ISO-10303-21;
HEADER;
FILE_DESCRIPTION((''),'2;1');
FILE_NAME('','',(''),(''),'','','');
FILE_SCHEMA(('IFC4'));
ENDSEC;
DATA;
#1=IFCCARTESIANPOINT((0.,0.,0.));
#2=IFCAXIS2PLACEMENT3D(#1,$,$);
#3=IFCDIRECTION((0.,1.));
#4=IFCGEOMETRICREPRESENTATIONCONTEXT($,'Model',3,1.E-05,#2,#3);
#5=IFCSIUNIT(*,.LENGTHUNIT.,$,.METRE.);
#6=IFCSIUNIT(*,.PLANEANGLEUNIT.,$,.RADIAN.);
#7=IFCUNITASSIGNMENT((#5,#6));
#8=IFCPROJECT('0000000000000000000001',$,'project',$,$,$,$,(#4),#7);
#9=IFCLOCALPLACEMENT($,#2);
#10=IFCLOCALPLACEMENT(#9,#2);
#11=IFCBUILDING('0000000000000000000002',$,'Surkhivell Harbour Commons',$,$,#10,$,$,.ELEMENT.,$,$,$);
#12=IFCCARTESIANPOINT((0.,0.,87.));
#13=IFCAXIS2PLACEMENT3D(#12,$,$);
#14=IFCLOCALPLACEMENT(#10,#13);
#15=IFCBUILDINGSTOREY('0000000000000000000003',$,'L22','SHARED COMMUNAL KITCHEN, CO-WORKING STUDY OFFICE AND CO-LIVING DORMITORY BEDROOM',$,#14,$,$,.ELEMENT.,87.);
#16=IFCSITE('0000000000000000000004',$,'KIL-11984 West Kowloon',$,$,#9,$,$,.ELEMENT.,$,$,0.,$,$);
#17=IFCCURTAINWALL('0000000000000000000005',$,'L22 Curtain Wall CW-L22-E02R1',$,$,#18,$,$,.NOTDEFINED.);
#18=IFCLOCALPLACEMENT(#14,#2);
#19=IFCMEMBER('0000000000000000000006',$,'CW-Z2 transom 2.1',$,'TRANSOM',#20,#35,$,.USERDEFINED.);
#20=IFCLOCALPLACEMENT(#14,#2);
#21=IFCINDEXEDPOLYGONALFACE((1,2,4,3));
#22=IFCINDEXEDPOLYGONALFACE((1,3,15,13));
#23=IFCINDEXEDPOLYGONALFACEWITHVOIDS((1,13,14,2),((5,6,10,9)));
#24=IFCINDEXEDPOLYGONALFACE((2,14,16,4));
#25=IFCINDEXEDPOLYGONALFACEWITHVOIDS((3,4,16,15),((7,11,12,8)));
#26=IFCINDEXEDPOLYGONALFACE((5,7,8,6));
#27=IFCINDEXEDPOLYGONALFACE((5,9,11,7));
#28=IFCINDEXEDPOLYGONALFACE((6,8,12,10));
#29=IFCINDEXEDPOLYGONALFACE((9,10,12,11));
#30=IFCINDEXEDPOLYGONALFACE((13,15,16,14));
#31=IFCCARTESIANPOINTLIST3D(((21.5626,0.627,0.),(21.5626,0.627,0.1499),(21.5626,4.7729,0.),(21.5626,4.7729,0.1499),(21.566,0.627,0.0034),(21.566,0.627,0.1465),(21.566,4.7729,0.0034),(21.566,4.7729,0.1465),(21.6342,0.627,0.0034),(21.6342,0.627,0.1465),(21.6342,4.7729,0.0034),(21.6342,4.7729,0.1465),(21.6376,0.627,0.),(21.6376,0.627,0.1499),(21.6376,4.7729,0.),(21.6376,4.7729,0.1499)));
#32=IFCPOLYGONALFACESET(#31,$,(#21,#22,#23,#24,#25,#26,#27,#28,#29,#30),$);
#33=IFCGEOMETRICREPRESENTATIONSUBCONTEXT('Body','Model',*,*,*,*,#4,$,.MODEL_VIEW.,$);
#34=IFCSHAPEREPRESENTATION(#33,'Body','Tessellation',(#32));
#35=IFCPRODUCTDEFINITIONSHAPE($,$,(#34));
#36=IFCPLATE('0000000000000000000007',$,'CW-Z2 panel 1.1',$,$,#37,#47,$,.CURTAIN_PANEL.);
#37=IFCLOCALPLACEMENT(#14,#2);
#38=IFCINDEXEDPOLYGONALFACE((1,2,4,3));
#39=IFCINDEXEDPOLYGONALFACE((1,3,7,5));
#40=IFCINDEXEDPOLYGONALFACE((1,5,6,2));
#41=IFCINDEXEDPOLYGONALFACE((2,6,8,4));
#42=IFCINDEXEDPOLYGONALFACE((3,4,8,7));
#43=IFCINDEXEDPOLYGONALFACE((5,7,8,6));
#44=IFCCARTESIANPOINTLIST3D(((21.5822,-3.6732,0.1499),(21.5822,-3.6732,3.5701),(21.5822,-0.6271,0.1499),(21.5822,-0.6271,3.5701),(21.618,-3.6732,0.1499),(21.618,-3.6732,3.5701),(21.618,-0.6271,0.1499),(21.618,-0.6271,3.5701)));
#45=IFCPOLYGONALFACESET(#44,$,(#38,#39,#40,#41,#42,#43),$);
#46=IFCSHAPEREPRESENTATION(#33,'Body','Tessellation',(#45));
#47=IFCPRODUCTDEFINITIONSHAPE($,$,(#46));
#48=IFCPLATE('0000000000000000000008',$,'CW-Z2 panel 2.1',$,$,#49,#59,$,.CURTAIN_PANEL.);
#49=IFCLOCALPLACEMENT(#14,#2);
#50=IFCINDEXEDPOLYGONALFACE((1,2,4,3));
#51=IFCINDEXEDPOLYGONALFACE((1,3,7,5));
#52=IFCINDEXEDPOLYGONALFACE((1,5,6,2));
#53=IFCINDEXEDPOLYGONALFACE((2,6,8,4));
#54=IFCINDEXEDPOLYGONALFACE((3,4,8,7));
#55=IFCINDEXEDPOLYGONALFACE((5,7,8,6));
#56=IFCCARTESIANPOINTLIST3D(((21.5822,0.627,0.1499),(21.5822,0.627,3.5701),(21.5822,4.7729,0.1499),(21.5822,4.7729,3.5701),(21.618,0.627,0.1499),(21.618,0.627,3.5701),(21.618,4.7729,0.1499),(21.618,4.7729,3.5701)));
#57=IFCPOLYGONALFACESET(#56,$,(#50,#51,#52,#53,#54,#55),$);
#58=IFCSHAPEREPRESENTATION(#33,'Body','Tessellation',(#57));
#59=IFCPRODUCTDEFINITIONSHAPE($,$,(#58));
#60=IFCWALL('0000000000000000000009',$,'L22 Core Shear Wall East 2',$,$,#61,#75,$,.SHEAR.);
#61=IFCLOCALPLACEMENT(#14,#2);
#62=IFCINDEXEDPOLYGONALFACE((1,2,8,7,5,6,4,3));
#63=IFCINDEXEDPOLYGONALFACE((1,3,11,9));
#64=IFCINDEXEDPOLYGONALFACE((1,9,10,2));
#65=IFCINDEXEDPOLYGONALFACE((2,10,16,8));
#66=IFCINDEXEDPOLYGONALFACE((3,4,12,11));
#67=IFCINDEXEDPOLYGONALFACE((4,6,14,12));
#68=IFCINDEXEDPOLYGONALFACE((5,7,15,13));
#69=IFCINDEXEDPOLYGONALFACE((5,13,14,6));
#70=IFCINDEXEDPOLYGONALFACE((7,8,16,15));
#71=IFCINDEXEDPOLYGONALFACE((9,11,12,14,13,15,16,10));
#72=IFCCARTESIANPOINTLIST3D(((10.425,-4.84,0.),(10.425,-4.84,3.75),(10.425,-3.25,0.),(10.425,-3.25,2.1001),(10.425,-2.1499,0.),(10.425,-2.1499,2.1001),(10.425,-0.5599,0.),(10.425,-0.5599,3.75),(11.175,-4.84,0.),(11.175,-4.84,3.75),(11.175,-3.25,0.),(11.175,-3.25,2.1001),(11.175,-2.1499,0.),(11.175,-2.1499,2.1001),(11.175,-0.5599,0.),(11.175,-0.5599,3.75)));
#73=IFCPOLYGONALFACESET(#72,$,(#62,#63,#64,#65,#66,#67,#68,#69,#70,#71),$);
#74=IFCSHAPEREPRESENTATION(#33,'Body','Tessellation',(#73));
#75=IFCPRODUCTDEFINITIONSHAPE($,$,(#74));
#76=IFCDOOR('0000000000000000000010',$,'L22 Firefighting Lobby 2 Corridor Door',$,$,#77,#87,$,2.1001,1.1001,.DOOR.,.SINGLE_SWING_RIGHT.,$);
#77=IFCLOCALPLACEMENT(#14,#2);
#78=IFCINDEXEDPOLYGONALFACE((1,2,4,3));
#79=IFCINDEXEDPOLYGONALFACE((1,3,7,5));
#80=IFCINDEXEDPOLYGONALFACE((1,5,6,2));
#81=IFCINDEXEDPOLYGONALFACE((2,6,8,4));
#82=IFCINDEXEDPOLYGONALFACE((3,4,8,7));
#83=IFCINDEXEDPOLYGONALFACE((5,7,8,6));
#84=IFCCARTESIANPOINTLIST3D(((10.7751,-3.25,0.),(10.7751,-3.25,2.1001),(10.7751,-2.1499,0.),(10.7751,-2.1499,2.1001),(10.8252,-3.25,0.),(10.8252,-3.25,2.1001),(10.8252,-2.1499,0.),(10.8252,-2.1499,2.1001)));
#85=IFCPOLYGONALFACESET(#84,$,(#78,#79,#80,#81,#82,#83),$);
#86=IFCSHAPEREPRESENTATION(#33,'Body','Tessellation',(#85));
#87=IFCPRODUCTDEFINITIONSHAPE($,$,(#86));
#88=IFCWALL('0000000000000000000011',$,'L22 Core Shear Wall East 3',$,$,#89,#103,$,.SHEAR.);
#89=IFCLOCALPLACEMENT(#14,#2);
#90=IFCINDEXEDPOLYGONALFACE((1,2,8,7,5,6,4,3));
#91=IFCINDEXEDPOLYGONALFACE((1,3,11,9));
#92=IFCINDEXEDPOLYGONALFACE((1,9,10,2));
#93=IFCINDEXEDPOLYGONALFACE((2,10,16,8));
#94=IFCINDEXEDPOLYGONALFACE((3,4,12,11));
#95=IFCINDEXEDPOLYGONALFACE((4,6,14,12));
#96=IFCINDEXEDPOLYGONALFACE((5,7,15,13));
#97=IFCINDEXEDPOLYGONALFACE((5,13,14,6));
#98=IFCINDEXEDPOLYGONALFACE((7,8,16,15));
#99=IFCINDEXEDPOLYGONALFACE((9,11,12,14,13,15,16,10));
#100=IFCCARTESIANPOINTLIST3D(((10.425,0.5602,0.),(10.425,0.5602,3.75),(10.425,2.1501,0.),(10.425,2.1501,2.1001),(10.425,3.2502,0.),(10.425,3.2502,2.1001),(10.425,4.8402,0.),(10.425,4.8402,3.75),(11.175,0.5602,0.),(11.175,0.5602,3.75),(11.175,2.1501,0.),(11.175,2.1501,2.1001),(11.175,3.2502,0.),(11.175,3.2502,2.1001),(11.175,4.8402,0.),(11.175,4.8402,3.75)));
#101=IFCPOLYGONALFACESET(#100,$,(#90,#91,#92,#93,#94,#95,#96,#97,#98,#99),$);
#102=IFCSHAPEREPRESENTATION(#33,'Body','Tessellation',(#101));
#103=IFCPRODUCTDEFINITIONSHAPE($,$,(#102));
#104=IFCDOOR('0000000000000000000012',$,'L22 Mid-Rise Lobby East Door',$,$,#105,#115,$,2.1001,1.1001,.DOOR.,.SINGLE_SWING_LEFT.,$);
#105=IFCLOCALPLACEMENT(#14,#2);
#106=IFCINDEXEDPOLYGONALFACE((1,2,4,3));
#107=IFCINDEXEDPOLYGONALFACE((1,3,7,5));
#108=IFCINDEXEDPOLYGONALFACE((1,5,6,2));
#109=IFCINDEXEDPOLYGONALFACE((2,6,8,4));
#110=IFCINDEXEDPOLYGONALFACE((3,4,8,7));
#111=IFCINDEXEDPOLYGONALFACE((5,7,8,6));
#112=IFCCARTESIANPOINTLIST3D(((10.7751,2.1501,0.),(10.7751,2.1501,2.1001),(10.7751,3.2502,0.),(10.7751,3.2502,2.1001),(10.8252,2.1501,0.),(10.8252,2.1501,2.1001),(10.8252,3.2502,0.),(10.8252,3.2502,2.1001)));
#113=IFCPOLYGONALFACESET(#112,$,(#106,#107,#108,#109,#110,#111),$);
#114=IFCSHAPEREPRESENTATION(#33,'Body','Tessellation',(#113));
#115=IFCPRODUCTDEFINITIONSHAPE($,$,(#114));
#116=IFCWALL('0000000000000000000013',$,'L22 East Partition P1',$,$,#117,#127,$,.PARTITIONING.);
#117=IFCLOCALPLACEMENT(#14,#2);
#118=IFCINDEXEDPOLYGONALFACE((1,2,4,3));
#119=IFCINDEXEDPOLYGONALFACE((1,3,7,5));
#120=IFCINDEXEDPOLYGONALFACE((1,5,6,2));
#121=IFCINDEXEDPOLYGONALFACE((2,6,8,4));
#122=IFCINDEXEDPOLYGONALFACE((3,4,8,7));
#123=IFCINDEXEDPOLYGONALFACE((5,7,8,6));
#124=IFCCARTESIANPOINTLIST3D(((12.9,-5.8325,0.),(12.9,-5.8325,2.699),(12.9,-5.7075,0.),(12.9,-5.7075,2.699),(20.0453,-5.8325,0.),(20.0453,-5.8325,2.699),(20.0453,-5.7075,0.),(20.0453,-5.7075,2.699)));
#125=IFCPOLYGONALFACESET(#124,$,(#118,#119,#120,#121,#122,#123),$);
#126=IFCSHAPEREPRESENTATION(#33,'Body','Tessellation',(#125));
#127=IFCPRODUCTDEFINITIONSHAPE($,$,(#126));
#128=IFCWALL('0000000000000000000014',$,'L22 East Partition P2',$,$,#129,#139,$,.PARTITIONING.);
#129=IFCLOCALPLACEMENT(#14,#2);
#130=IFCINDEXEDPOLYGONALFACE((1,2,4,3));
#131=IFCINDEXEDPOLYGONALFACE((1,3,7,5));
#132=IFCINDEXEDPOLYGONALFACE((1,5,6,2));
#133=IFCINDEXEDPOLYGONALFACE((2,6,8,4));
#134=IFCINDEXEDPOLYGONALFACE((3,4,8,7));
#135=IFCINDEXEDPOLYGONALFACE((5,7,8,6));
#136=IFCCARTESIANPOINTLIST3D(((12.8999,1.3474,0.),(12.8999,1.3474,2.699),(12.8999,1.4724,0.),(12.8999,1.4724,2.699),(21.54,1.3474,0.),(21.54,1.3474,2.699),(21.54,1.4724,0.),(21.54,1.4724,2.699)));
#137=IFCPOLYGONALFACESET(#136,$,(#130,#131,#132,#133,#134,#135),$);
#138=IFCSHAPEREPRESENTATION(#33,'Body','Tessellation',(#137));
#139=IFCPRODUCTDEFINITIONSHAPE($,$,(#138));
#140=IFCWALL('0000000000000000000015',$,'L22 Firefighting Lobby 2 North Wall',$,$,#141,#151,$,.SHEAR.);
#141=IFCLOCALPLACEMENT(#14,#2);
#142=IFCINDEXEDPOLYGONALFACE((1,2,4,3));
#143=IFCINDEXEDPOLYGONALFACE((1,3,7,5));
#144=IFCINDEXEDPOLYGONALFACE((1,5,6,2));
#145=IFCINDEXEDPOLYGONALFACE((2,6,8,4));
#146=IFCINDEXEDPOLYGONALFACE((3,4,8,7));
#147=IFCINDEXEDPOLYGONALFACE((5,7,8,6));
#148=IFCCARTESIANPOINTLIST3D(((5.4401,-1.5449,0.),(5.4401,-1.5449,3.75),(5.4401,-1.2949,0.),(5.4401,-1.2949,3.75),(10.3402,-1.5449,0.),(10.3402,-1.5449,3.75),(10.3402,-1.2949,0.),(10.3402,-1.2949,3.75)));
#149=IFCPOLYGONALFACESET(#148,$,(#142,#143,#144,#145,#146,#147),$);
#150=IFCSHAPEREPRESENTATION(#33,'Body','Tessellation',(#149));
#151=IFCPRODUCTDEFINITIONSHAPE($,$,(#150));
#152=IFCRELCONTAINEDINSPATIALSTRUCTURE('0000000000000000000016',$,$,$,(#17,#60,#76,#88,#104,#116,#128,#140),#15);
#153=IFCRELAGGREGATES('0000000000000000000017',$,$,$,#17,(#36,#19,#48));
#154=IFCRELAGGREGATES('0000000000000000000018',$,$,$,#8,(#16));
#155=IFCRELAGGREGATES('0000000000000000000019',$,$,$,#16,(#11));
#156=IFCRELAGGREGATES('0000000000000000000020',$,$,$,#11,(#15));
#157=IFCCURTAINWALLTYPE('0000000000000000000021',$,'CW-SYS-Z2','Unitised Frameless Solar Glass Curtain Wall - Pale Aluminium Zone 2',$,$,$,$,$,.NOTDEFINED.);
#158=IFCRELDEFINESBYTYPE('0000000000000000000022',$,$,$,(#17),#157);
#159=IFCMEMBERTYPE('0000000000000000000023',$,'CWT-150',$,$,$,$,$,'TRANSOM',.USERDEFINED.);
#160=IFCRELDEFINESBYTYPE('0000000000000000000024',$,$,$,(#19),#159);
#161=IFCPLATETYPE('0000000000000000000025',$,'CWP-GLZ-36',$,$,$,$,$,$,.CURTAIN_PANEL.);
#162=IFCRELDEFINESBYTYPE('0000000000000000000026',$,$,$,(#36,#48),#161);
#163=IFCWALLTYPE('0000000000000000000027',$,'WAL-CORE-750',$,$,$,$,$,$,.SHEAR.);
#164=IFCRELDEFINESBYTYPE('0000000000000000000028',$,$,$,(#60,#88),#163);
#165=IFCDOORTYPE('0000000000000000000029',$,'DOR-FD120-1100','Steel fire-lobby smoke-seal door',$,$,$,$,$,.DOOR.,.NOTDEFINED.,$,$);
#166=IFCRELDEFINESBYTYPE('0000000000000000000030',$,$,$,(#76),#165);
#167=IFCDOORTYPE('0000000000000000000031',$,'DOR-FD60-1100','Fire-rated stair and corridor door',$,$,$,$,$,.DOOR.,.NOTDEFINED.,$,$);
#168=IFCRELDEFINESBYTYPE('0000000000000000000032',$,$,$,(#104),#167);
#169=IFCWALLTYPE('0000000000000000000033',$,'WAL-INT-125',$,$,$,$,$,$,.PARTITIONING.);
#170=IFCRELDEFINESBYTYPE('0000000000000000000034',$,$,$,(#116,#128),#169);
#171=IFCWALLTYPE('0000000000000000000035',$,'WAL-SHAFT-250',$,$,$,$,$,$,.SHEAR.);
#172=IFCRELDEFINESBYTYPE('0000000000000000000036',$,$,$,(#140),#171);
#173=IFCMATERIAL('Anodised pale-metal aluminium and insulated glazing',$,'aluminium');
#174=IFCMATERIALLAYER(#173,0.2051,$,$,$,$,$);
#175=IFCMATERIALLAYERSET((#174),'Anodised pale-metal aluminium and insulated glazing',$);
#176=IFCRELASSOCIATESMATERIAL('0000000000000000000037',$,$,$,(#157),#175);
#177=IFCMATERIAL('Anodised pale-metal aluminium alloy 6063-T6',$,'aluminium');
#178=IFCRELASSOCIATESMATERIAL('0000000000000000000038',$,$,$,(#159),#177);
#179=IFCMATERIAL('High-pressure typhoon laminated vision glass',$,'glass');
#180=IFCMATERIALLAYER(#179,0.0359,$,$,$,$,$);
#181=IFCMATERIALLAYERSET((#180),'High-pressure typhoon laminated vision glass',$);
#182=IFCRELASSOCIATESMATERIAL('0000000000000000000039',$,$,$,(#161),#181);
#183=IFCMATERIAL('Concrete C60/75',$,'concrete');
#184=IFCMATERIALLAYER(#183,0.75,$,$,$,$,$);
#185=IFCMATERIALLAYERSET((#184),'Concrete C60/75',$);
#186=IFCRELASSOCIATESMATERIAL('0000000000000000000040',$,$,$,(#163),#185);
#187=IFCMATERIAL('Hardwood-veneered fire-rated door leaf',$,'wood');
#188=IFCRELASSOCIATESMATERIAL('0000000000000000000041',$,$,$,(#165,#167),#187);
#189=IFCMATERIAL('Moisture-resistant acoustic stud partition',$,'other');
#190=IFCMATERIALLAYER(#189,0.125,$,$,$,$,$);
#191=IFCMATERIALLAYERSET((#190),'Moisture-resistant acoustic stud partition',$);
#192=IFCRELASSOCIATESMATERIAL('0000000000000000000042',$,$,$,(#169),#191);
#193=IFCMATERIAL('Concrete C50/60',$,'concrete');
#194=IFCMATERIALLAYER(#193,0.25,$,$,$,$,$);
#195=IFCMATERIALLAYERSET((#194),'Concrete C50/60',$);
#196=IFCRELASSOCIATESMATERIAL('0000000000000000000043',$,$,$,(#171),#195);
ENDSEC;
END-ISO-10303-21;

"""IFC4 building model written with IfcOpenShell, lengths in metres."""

from ifc_helpers import new_model, si_unit, direction, frame, frame_2d, origin, origin_2d, place, context, subcontext, project, spatial, rectangle, hollow_rectangle, extrude, material, layer, layer_set, material_profile, profile_set, type_object, element, fill, aggregate, save


model = new_model("IFC4")

# Units and contexts
model_context = context("Model", 3, precision=1e-05, world=origin(), true_north=direction((0.0, 1.0)))
body_context = subcontext(model_context, "Body", "Model", "MODEL_VIEW")
ifc_project = project(units=[si_unit("LENGTHUNIT", "METRE"), si_unit("PLANEANGLEUNIT", "RADIAN")], contexts=[model_context])

# Site, building, storey
site_placement = place(None, origin())
site = spatial("IfcSite", under=ifc_project, at=site_placement, Name="KIL-11984 West Kowloon", CompositionType="ELEMENT", RefElevation=0.0)
building_placement = place(site_placement, origin())
building = spatial("IfcBuilding", under=site, at=building_placement, Name="Surkhivell Harbour Commons", CompositionType="ELEMENT")
storey_placement = place(building_placement, frame((0.0, 0.0, 87.0)))
storey = spatial("IfcBuildingStorey", under=building, at=storey_placement, Name="L22", Description="SHARED COMMUNAL KITCHEN, CO-WORKING STUDY OFFICE AND CO-LIVING DORMITORY BEDROOM", CompositionType="ELEMENT", Elevation=87.0)

# Shared definitions
ifc_material_1 = material(Name="Concrete C60/75", Category="concrete")

# Shared definitions
ifc_material_2 = material(Name="Anodised pale-metal aluminium and insulated glazing", Category="aluminium")
ifc_layer_1 = layer(ifc_material_2, 0.2051)
ifc_layer_set_1 = layer_set([ifc_layer_1], Name="Anodised pale-metal aluminium and insulated glazing")
curtain_wall_type = type_object("IfcCurtainWallType", Name="CW-SYS-Z2", Description="Unitised Frameless Solar Glass Curtain Wall - Pale Aluminium Zone 2", PredefinedType="NOTDEFINED", material=ifc_layer_set_1)
ifc_material_3 = material(Name="Anodised pale-metal aluminium alloy 6063-T6", Category="aluminium")

# Curtain wall, member, plates
curtain_wall_1_placement = place(storey_placement, origin())
curtain_wall_1 = element("IfcCurtainWall", 1, at=curtain_wall_1_placement, inside=storey, type_object=curtain_wall_type, Name="L22 Curtain Wall CW-L22-E02R1", PredefinedType="NOTDEFINED")
ifc_material_profile_1 = material_profile(ifc_material_3, hollow_rectangle(XDim=0.075, YDim=0.1499, WallThickness=0.0034, at=origin_2d()), Name="ALU-TRAN-75x150")
ifc_profile_set_1 = profile_set([ifc_material_profile_1], Name="Anodised pale-metal aluminium alloy 6063-T6")
member_type_1 = type_object("IfcMemberType", Name="CWT-150", ElementType="TRANSOM", PredefinedType="USERDEFINED", material=ifc_profile_set_1)
member_1_placement = place(storey_placement, frame((21.6001, 0.627, 0.075), z_axis=(0.0, 1.0, 0.0), x_axis=(-1.0, 0.0, 0.0)))
member_1 = element("IfcMember", 2, at=member_1_placement, type_object=member_type_1, Name="CW-Z2 transom 2.1", ObjectType="TRANSOM", PredefinedType="USERDEFINED", context=body_context, shape_type="SweptSolid", body=[
    extrude(hollow_rectangle(XDim=0.075, YDim=0.1499, WallThickness=0.0034, at=origin_2d()), origin(), (0.0, 0.0, 1.0), 4.146),
])
ifc_material_4 = material(Name="High-pressure typhoon laminated vision glass", Category="glass")
ifc_layer_2 = layer(ifc_material_4, 0.0359)
ifc_layer_set_2 = layer_set([ifc_layer_2], Name="High-pressure typhoon laminated vision glass")
plate_type = type_object("IfcPlateType", Name="CWP-GLZ-36", PredefinedType="CURTAIN_PANEL", material=ifc_layer_set_2)
plate_1_placement = place(storey_placement, frame((21.6001, -3.6731, 0.1499), z_axis=(0.0, 0.0, 1.0), x_axis=(0.0, 1.0, 0.0)))
plate_1 = element("IfcPlate", 3, at=plate_1_placement, type_object=plate_type, Name="CW-Z2 panel 1.1", PredefinedType="CURTAIN_PANEL", context=body_context, shape_type="SweptSolid", body=[
    extrude(rectangle(XDim=3.0461, YDim=0.0359, at=frame_2d((1.5229, 0.0))), origin(), (0.0, 0.0, 1.0), 3.4202),
])
plate_2_placement = place(storey_placement, frame((21.6001, 0.627, 0.1499), z_axis=(0.0, 0.0, 1.0), x_axis=(0.0, 1.0, 0.0)))
plate_2 = element("IfcPlate", 4, at=plate_2_placement, type_object=plate_type, Name="CW-Z2 panel 2.1", PredefinedType="CURTAIN_PANEL", context=body_context, shape_type="SweptSolid", body=[
    extrude(rectangle(XDim=4.146, YDim=0.0359, at=frame_2d((2.073, 0.0))), origin(), (0.0, 0.0, 1.0), 3.4202),
])
aggregate(curtain_wall_1, [plate_1, member_1, plate_2])

# Walls, openings, doors
ifc_layer_3 = layer(ifc_material_1, 0.75)
ifc_layer_set_3 = layer_set([ifc_layer_3], Name="Concrete C60/75")
wall_type_1 = type_object("IfcWallType", Name="WAL-CORE-750", PredefinedType="SHEAR", material=ifc_layer_set_3)
wall_1_placement = place(storey_placement, frame((10.8, -4.8401, 0.0), z_axis=(0.0, 0.0, 1.0), x_axis=(0.0, 1.0, 0.0)))
wall_1 = element("IfcWall", 5, at=wall_1_placement, inside=storey, type_object=wall_type_1, Name="L22 Core Shear Wall East 2", PredefinedType="SHEAR", context=body_context, shape_type="SweptSolid", body=[
    extrude(rectangle(XDim=4.28, YDim=0.75, at=frame_2d((2.1401, 0.0))), origin(), (0.0, 0.0, 1.0), 3.75),
])
opening_1_placement = place(wall_1_placement, frame((1.5901, 0.0, 0.0)))
opening_1 = element("IfcOpeningElement", 6, at=opening_1_placement, cuts=wall_1, PredefinedType="OPENING", context=body_context, shape_type="SweptSolid", body=[
    extrude(rectangle(XDim=1.1001, YDim=2.1001, at=frame_2d((0.55, 1.05))), frame((0.0, 0.385, 0.0), z_axis=(0.0, -1.0, 0.0), x_axis=(1.0, 0.0, 0.0)), (0.0, 0.0, 1.0), 0.77),
])
ifc_material_5 = material(Name="Hardwood-veneered fire-rated door leaf", Category="wood")
door_type_1 = type_object("IfcDoorType", Name="DOR-FD120-1100", Description="Steel fire-lobby smoke-seal door", OperationType="NOTDEFINED", PredefinedType="DOOR", material=ifc_material_5)
door_1_placement = place(opening_1_placement, origin())
door_1 = element("IfcDoor", 7, at=door_1_placement, inside=storey, type_object=door_type_1, Name="L22 Firefighting Lobby 2 Corridor Door", OperationType="SINGLE_SWING_RIGHT", OverallHeight=2.1001, OverallWidth=1.1001, PredefinedType="DOOR", context=body_context, shape_type="SweptSolid", body=[
    extrude(rectangle(XDim=1.1001, YDim=2.1001, at=frame_2d((0.55, 1.05))), frame((0.0, 0.0249, 0.0), z_axis=(0.0, -1.0, 0.0), x_axis=(1.0, 0.0, 0.0)), (0.0, 0.0, 1.0), 0.05),
])
fill(opening_1, door_1)
wall_2_placement = place(storey_placement, frame((10.8, 0.5601, 0.0), z_axis=(0.0, 0.0, 1.0), x_axis=(0.0, 1.0, 0.0)))
wall_2 = element("IfcWall", 8, at=wall_2_placement, inside=storey, type_object=wall_type_1, Name="L22 Core Shear Wall East 3", PredefinedType="SHEAR", context=body_context, shape_type="SweptSolid", body=[
    extrude(rectangle(XDim=4.28, YDim=0.75, at=frame_2d((2.1401, 0.0))), origin(), (0.0, 0.0, 1.0), 3.75),
])
opening_2_placement = place(wall_2_placement, frame((1.5901, 0.0, 0.0)))
opening_2 = element("IfcOpeningElement", 9, at=opening_2_placement, cuts=wall_2, PredefinedType="OPENING", context=body_context, shape_type="SweptSolid", body=[
    extrude(rectangle(XDim=1.1001, YDim=2.1001, at=frame_2d((0.55, 1.05))), frame((0.0, 0.385, 0.0), z_axis=(0.0, -1.0, 0.0), x_axis=(1.0, 0.0, 0.0)), (0.0, 0.0, 1.0), 0.77),
])
door_type_2 = type_object("IfcDoorType", Name="DOR-FD60-1100", Description="Fire-rated stair and corridor door", OperationType="NOTDEFINED", PredefinedType="DOOR", material=ifc_material_5)
door_2_placement = place(opening_2_placement, origin())
door_2 = element("IfcDoor", 10, at=door_2_placement, inside=storey, type_object=door_type_2, Name="L22 Mid-Rise Lobby East Door", OperationType="SINGLE_SWING_LEFT", OverallHeight=2.1001, OverallWidth=1.1001, PredefinedType="DOOR", context=body_context, shape_type="SweptSolid", body=[
    extrude(rectangle(XDim=1.1001, YDim=2.1001, at=frame_2d((0.55, 1.05))), frame((0.0, 0.0249, 0.0), z_axis=(0.0, -1.0, 0.0), x_axis=(1.0, 0.0, 0.0)), (0.0, 0.0, 1.0), 0.05),
])
fill(opening_2, door_2)

# Walls
ifc_material_6 = material(Name="Moisture-resistant acoustic stud partition", Category="other")
ifc_layer_4 = layer(ifc_material_6, 0.125)
ifc_layer_set_4 = layer_set([ifc_layer_4], Name="Moisture-resistant acoustic stud partition")
wall_type_2 = type_object("IfcWallType", Name="WAL-INT-125", PredefinedType="PARTITIONING", material=ifc_layer_set_4)
wall_3_placement = place(storey_placement, frame((12.8999, -5.77, 0.0), z_axis=(0.0, 0.0, 1.0), x_axis=(1.0, 0.0, 0.0)))
element("IfcWall", 11, at=wall_3_placement, inside=storey, type_object=wall_type_2, Name="L22 East Partition P1", PredefinedType="PARTITIONING", context=body_context, shape_type="SweptSolid", body=[
    extrude(rectangle(XDim=7.1453, YDim=0.125, at=frame_2d((3.5728, 0.0))), origin(), (0.0, 0.0, 1.0), 2.699),
])
wall_4_placement = place(storey_placement, frame((12.8999, 1.4099, 0.0), z_axis=(0.0, 0.0, 1.0), x_axis=(1.0, 0.0, 0.0)))
element("IfcWall", 12, at=wall_4_placement, inside=storey, type_object=wall_type_2, Name="L22 East Partition P2", PredefinedType="PARTITIONING", context=body_context, shape_type="SweptSolid", body=[
    extrude(rectangle(XDim=8.6401, YDim=0.125, at=frame_2d((4.3201, 0.0))), origin(), (0.0, 0.0, 1.0), 2.699),
])
ifc_material_7 = material(Name="Concrete C50/60", Category="concrete")
ifc_layer_5 = layer(ifc_material_7, 0.25)
ifc_layer_set_5 = layer_set([ifc_layer_5], Name="Concrete C50/60")
wall_type_3 = type_object("IfcWallType", Name="WAL-SHAFT-250", PredefinedType="SHEAR", material=ifc_layer_set_5)
wall_5_placement = place(storey_placement, frame((5.4399, -1.4199, 0.0), z_axis=(0.0, 0.0, 1.0), x_axis=(1.0, 0.0, 0.0)))
element("IfcWall", 13, at=wall_5_placement, inside=storey, type_object=wall_type_3, Name="L22 Firefighting Lobby 2 North Wall", PredefinedType="SHEAR", context=body_context, shape_type="SweptSolid", body=[
    extrude(rectangle(XDim=4.9001, YDim=0.25, at=frame_2d((2.4502, 0.0))), origin(), (0.0, 0.0, 1.0), 3.75),
])

save(model, "model.ifc")
